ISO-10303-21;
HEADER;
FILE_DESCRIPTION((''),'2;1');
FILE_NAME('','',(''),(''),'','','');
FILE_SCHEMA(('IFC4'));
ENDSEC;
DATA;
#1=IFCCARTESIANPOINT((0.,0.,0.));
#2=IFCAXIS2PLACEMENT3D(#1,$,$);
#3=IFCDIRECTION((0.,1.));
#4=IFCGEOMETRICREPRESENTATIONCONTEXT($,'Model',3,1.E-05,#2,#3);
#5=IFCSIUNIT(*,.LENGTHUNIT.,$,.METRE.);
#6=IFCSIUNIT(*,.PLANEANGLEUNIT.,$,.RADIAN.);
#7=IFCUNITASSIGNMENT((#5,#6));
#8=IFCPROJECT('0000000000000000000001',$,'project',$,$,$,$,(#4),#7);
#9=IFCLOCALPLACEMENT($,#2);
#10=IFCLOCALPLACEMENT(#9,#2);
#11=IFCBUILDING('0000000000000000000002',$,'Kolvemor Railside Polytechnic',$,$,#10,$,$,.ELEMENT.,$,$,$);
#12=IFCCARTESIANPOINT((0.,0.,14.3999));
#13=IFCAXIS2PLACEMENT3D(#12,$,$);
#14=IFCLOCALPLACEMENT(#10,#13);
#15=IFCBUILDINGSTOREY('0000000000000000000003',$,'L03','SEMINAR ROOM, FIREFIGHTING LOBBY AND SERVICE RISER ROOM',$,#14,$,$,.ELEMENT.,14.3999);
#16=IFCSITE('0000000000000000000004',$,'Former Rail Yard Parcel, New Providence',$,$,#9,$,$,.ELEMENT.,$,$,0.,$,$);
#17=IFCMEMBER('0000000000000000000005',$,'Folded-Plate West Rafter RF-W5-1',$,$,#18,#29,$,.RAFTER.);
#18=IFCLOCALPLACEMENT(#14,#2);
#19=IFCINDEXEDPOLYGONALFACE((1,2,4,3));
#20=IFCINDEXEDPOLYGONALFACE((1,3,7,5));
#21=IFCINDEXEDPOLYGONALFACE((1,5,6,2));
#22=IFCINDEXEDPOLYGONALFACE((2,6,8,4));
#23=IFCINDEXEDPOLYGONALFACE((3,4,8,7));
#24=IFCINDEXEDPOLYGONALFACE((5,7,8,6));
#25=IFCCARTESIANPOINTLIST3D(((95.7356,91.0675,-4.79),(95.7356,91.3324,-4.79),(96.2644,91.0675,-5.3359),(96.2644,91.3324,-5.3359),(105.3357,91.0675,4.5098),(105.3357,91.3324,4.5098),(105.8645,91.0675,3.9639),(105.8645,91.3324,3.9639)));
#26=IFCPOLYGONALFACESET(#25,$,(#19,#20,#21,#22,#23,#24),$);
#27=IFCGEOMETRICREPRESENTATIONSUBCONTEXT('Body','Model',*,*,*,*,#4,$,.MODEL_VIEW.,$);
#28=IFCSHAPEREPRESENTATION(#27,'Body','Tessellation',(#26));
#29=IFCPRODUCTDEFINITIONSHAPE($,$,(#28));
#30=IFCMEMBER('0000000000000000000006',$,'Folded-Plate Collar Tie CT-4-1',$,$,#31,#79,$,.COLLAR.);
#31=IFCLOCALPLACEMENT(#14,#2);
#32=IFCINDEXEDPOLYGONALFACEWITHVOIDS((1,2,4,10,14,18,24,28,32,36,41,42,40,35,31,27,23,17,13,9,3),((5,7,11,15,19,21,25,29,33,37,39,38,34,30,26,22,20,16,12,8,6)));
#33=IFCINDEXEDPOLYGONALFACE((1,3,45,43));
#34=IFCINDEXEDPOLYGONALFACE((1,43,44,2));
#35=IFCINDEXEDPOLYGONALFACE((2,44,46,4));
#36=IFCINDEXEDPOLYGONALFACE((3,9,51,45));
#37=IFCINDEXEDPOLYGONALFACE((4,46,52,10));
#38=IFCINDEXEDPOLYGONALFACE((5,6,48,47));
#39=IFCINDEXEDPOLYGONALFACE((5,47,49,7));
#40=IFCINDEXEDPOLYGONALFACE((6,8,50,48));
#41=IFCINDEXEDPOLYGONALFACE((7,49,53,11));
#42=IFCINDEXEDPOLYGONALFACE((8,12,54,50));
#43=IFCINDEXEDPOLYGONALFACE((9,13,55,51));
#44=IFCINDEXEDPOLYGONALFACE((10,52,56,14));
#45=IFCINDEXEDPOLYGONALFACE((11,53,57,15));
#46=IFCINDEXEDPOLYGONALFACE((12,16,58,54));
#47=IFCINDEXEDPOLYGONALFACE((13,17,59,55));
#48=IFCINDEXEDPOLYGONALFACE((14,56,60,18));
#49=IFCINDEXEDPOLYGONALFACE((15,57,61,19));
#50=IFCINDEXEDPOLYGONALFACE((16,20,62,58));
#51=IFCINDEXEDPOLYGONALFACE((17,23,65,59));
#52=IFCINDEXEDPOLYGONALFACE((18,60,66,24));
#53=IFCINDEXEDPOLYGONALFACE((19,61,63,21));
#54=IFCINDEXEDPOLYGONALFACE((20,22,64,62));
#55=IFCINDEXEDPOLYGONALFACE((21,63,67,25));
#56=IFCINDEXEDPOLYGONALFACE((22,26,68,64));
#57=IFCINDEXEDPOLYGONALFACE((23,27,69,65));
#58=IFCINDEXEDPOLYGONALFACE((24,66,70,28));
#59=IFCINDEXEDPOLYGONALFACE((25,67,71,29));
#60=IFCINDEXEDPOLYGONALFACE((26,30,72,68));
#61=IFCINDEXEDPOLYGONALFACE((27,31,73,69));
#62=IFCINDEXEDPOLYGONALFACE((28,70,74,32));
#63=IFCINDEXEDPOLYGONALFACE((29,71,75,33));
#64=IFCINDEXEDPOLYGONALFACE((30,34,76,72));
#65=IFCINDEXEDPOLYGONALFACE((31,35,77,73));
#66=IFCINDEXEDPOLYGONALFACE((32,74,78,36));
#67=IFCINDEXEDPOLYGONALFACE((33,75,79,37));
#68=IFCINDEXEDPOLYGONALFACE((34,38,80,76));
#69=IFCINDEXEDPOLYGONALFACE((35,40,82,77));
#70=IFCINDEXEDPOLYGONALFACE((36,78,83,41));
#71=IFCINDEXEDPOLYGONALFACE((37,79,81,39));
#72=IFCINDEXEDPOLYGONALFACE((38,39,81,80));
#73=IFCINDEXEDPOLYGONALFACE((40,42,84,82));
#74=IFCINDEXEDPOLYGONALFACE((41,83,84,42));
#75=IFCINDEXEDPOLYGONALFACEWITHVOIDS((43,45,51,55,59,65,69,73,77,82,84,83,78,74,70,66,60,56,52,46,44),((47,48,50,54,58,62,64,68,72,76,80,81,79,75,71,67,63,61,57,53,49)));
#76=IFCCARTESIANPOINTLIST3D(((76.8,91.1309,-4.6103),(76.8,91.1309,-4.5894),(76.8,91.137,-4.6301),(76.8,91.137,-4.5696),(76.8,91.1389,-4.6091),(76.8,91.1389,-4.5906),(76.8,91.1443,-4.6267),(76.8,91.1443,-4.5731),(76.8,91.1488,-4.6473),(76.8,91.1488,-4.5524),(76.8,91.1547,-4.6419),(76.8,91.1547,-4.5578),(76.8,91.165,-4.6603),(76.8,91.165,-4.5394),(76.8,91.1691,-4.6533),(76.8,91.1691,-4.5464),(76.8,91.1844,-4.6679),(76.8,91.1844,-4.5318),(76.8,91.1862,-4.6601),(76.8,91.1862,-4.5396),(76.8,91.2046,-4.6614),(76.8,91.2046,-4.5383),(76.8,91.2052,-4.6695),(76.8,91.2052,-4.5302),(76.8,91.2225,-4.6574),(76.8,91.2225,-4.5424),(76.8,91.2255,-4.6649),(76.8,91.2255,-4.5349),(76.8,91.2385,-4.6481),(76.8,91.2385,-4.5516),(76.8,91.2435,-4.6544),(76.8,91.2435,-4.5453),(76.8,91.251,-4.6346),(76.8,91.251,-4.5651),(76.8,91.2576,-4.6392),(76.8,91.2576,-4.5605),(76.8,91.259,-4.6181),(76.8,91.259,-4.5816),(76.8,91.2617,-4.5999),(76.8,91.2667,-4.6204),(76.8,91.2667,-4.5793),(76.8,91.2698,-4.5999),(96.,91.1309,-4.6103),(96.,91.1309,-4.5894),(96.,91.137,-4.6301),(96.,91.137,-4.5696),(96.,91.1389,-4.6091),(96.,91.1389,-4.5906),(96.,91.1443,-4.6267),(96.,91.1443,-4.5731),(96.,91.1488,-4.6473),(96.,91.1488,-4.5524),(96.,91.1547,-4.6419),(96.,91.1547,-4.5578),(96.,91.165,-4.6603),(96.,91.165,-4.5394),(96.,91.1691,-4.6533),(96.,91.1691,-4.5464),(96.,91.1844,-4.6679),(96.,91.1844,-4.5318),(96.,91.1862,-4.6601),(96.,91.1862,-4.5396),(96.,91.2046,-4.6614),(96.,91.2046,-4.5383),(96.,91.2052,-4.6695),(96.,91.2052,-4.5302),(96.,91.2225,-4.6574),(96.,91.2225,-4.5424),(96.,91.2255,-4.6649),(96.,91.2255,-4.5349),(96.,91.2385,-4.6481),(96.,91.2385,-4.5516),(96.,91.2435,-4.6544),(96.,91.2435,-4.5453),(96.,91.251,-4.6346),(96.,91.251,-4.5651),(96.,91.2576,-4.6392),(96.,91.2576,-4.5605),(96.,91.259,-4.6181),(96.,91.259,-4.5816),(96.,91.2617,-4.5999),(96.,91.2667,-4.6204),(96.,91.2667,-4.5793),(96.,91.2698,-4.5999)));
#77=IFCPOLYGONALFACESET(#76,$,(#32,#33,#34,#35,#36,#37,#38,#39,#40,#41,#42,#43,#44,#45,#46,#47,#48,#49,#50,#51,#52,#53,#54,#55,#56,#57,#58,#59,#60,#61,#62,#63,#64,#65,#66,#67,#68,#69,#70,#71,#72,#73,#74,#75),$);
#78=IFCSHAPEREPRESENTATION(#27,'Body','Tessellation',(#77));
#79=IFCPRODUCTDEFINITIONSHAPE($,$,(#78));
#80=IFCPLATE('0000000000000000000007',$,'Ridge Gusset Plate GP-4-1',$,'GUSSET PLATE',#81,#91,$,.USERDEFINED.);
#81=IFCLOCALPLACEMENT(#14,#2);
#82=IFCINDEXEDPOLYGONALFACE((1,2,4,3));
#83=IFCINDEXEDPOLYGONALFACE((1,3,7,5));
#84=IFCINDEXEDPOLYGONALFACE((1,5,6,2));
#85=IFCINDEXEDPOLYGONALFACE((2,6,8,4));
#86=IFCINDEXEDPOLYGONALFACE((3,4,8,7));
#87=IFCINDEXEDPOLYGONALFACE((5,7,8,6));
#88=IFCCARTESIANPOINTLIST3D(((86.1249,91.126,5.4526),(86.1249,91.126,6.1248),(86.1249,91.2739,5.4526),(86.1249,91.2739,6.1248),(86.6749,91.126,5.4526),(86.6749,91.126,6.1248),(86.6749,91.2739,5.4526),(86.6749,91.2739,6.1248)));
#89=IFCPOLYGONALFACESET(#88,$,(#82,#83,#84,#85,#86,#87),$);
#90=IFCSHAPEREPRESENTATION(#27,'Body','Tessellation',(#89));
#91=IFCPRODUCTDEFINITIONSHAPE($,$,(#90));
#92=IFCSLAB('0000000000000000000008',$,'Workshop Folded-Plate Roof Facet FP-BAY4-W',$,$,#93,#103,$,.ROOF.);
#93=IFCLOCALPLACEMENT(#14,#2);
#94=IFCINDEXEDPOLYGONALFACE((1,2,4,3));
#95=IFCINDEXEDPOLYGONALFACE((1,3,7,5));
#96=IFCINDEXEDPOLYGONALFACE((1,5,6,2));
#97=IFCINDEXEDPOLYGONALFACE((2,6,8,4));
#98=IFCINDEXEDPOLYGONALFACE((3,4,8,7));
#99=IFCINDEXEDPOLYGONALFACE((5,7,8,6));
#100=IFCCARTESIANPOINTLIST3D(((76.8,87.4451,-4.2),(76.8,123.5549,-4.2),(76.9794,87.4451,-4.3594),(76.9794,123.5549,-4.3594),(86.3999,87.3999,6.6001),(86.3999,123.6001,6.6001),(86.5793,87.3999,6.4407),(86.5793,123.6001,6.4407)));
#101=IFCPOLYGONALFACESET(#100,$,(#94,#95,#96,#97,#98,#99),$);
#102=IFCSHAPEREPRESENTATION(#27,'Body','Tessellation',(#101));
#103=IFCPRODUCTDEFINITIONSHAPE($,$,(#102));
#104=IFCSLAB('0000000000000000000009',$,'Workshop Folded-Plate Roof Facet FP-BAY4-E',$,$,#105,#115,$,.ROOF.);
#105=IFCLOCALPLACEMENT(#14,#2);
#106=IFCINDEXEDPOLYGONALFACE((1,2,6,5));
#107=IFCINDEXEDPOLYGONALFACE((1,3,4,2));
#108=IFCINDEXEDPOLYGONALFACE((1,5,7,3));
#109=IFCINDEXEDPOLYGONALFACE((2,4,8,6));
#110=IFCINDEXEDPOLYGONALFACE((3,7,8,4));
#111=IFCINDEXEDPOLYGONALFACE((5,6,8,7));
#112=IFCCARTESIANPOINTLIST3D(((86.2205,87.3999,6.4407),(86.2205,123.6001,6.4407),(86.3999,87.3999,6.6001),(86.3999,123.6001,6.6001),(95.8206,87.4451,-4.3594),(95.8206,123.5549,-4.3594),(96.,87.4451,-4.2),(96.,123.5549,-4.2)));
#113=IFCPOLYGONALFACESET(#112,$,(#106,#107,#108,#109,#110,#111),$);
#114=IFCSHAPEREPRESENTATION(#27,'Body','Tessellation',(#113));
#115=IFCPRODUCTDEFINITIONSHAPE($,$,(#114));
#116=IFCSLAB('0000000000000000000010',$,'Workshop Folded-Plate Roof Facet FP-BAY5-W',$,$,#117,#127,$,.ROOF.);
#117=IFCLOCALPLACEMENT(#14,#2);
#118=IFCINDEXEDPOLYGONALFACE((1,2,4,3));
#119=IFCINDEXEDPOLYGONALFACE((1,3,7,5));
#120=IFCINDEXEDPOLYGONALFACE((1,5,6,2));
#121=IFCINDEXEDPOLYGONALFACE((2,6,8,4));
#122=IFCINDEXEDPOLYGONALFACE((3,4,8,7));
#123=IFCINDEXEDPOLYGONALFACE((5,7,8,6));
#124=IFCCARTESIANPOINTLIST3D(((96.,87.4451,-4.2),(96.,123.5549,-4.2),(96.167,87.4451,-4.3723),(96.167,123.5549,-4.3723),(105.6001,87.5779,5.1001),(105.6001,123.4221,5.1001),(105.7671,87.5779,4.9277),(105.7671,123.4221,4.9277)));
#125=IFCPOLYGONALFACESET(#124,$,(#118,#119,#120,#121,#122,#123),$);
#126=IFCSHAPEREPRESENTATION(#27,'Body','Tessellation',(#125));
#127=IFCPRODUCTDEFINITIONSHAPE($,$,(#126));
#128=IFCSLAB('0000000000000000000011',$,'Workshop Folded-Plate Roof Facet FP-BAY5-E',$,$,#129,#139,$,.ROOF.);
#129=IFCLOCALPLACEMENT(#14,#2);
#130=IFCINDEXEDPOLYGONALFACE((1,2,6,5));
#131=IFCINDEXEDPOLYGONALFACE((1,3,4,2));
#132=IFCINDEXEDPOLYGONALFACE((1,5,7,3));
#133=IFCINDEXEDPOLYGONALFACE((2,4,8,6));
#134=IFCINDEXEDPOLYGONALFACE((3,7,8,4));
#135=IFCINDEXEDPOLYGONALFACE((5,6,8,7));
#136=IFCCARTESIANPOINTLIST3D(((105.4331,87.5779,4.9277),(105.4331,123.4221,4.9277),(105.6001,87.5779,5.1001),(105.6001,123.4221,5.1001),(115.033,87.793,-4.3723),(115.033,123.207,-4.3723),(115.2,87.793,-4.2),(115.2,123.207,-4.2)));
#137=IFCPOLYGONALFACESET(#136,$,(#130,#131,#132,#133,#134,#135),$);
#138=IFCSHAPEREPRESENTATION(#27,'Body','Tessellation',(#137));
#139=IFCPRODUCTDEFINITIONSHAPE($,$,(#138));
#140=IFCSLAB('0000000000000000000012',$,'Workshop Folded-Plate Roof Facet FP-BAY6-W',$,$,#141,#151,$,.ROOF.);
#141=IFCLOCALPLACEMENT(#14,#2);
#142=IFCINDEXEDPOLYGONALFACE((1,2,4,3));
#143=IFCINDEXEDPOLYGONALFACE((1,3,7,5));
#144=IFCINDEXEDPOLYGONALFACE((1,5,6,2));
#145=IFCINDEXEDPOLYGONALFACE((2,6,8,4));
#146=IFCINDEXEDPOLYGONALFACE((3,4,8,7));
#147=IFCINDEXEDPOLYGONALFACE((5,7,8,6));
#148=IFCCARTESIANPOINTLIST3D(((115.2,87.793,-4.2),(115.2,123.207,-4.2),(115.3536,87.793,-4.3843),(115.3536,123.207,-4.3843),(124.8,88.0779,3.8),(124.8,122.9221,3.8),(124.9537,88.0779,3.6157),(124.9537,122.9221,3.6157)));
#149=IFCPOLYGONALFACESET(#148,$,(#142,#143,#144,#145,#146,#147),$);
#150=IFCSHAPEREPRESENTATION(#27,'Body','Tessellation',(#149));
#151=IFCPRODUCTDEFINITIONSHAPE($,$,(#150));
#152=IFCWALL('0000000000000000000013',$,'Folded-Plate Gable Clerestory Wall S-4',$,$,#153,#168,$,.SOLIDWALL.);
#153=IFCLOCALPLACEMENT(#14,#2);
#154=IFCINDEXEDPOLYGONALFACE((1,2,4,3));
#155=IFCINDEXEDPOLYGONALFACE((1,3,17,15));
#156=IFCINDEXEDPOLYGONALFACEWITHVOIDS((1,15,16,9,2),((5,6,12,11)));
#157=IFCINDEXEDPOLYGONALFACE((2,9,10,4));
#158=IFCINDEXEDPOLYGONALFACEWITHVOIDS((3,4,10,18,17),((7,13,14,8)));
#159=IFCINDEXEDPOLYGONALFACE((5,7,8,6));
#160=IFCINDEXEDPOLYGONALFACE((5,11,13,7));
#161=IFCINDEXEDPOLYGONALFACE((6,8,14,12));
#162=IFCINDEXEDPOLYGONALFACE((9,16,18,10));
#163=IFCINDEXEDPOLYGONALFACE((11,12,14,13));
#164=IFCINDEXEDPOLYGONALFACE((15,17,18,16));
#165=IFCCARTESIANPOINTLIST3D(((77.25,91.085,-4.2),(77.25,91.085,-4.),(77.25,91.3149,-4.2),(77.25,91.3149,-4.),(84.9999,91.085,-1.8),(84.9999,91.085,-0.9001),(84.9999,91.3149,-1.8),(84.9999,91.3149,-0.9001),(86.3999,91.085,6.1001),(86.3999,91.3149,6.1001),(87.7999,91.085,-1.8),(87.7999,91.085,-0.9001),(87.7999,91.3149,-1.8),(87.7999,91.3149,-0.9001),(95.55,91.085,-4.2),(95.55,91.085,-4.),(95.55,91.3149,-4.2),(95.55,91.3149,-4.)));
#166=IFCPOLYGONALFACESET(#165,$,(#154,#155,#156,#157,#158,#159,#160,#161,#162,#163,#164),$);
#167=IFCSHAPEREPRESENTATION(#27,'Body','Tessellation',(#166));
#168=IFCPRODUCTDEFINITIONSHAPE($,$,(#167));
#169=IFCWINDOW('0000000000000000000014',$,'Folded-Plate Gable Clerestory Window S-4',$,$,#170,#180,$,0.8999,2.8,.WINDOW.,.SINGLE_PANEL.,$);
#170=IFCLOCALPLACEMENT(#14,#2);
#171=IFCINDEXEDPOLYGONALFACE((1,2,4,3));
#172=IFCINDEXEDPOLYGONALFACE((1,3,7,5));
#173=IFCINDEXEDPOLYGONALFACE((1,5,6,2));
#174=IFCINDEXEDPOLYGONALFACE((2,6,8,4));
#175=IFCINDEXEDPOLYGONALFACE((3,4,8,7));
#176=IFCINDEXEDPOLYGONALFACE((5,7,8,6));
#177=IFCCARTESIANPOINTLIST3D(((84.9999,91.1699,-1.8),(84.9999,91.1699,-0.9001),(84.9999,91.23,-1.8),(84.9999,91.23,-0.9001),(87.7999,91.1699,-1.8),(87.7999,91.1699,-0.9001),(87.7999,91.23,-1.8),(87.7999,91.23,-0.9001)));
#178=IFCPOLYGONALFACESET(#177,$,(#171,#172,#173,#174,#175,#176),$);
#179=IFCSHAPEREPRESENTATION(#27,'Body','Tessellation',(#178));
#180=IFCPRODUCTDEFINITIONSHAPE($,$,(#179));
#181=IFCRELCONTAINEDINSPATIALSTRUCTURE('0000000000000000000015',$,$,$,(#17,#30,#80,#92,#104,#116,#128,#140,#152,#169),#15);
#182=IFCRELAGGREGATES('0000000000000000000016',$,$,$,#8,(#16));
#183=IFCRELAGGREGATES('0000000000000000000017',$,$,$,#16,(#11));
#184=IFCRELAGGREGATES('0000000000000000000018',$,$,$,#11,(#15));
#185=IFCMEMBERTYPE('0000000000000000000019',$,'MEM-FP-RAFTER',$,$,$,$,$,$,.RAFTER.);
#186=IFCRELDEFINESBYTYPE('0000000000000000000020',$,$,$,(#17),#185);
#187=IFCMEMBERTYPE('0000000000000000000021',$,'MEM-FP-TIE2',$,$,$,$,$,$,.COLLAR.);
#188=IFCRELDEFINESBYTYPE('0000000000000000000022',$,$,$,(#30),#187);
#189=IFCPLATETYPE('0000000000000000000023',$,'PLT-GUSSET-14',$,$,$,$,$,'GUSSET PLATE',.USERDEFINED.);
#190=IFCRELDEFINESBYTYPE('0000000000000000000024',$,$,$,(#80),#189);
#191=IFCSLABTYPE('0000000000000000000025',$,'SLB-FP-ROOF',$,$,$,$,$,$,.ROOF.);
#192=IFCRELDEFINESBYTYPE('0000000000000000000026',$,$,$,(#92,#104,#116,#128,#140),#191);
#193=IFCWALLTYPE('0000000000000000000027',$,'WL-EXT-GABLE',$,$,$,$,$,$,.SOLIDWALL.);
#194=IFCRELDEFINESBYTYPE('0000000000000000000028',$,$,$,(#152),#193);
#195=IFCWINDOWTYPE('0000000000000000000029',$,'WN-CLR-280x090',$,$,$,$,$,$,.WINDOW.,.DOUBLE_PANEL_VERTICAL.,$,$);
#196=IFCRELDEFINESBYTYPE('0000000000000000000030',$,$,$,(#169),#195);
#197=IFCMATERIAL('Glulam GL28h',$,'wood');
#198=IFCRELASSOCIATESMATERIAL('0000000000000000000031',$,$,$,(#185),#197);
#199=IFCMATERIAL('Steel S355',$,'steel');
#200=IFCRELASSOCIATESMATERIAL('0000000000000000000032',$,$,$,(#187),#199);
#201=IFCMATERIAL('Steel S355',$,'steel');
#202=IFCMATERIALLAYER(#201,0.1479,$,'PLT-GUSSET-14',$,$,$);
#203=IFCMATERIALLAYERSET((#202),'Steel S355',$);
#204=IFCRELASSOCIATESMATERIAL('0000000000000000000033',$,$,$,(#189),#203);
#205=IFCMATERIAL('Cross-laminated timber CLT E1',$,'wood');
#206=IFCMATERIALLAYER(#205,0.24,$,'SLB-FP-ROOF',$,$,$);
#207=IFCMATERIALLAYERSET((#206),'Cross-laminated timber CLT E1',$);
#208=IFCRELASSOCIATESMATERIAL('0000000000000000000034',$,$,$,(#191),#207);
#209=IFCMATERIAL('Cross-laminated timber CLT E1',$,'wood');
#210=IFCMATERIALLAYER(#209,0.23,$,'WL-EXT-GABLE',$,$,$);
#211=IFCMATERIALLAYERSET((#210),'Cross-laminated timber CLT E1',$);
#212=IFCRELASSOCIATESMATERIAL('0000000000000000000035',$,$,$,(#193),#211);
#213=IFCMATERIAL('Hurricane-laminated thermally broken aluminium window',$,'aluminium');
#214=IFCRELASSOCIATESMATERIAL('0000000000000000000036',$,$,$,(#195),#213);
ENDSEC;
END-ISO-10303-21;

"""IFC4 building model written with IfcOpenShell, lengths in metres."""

from ifc_helpers import new_model, si_unit, direction, frame, frame_2d, origin, origin_2d, place, context, subcontext, project, spatial, polyline, rectangle, hollow_circle, outline, extrude, material, layer, layer_set, material_profile, profile_set, type_object, element, fill, save


model = new_model("IFC4")

# Units and contexts
model_context = context("Model", 3, precision=1e-05, world=origin(), true_north=direction((0.0, 1.0)))
body_context = subcontext(model_context, "Body", "Model", "MODEL_VIEW")
ifc_project = project(units=[si_unit("LENGTHUNIT", "METRE"), si_unit("PLANEANGLEUNIT", "RADIAN")], contexts=[model_context])

# Site, building, storey
site_placement = place(None, origin())
site = spatial("IfcSite", under=ifc_project, at=site_placement, Name="Former Rail Yard Parcel, New Providence", CompositionType="ELEMENT", RefElevation=0.0)
building_placement = place(site_placement, origin())
building = spatial("IfcBuilding", under=site, at=building_placement, Name="Kolvemor Railside Polytechnic", CompositionType="ELEMENT")
storey_placement = place(building_placement, frame((0.0, 0.0, 14.3999)))
storey = spatial("IfcBuildingStorey", under=building, at=storey_placement, Name="L03", Description="SEMINAR ROOM, FIREFIGHTING LOBBY AND SERVICE RISER ROOM", CompositionType="ELEMENT", Elevation=14.3999)

# Members
ifc_material_1 = material(Name="Glulam GL28h", Category="wood")
ifc_material_profile_1 = material_profile(ifc_material_1, rectangle(XDim=0.2649, YDim=0.76, at=origin_2d()), Name="GL265x760")
ifc_profile_set_1 = profile_set([ifc_material_profile_1], Name="Glulam GL28h")
member_type_1 = type_object("IfcMemberType", Name="MEM-FP-RAFTER", PredefinedType="RAFTER", material=ifc_profile_set_1)
member_1_placement = place(storey_placement, frame((96.0, 91.2, -5.063), z_axis=(0.718251, 0.0, 0.695784), x_axis=(0.0, 1.0, 0.0)))
element("IfcMember", 1, at=member_1_placement, inside=storey, type_object=member_type_1, Name="Folded-Plate West Rafter RF-W5-1", PredefinedType="RAFTER", context=body_context, shape_type="SweptSolid", body=[
    extrude(rectangle(XDim=0.2649, YDim=0.76, at=origin_2d()), origin(), (0.0, 0.0, 1.0), 13.366),
])
ifc_material_2 = material(Name="Steel S355", Category="steel")
ifc_material_profile_2 = material_profile(ifc_material_2, hollow_circle(Radius=0.0698, WallThickness=0.0081, at=origin_2d()), Name="CHS139.7x8")
ifc_profile_set_2 = profile_set([ifc_material_profile_2], Name="Steel S355")
member_type_2 = type_object("IfcMemberType", Name="MEM-FP-TIE2", PredefinedType="COLLAR", material=ifc_profile_set_2)
member_2_placement = place(storey_placement, frame((76.8, 91.2, -4.5999), z_axis=(1.0, 0.0, 0.0), x_axis=(0.0, 1.0, 0.0)))
element("IfcMember", 2, at=member_2_placement, inside=storey, type_object=member_type_2, Name="Folded-Plate Collar Tie CT-4-1", PredefinedType="COLLAR", context=body_context, shape_type="SweptSolid", body=[
    extrude(hollow_circle(Radius=0.0698, WallThickness=0.0081, at=origin_2d()), origin(), (0.0, 0.0, 1.0), 19.2),
])

# Plate
ifc_material_3 = material(Name="Steel S355", Category="steel")
ifc_layer_1 = layer(ifc_material_3, 0.1479, Name="PLT-GUSSET-14")
ifc_layer_set_1 = layer_set([ifc_layer_1], Name="Steel S355")
plate_type = type_object("IfcPlateType", Name="PLT-GUSSET-14", ElementType="GUSSET PLATE", PredefinedType="USERDEFINED", material=ifc_layer_set_1)
plate_placement = place(storey_placement, frame((86.3999, 91.2, 5.4526), z_axis=(0.0, 0.0, 1.0), x_axis=(1.0, 0.0, 0.0)))
element("IfcPlate", 3, at=plate_placement, inside=storey, type_object=plate_type, Name="Ridge Gusset Plate GP-4-1", ObjectType="GUSSET PLATE", PredefinedType="USERDEFINED", context=body_context, shape_type="SweptSolid", body=[
    extrude(rectangle(XDim=0.55, YDim=0.1479, at=origin_2d()), origin(), (0.0, 0.0, 1.0), 0.6721),
])

# Slabs
ifc_material_4 = material(Name="Cross-laminated timber CLT E1", Category="wood")
ifc_layer_2 = layer(ifc_material_4, 0.24, Name="SLB-FP-ROOF")
ifc_layer_set_2 = layer_set([ifc_layer_2], Name="Cross-laminated timber CLT E1")
slab_type = type_object("IfcSlabType", Name="SLB-FP-ROOF", PredefinedType="ROOF", material=ifc_layer_set_2)
slab_1_placement = place(storey_placement, frame((76.8, 87.4451, -4.2), z_axis=(-0.747416, 0.0, 0.664356), x_axis=(0.664353, -0.003126, 0.747412)))
element("IfcSlab", 4, at=slab_1_placement, inside=storey, type_object=slab_type, Name="Workshop Folded-Plate Roof Facet FP-BAY4-W", PredefinedType="ROOF", context=body_context, shape_type="SweptSolid", body=[
    extrude(outline(polyline([(0.0, 0.0), (14.4499, 0.0), (14.3368, 36.2), (-0.1129, 36.1097), (0.0, 0.0)])), origin(), (0.0, 0.0, -1.0), 0.24),
])
slab_2_placement = place(storey_placement, frame((86.3999, 87.3999, 6.6001), z_axis=(0.747407, 0.0, 0.664366), x_axis=(0.664363, 0.003126, -0.747404)))
element("IfcSlab", 5, at=slab_2_placement, inside=storey, type_object=slab_type, Name="Workshop Folded-Plate Roof Facet FP-BAY4-E", PredefinedType="ROOF", context=body_context, shape_type="SweptSolid", body=[
    extrude(outline(polyline([(0.0, 0.0), (14.4501, 0.0), (14.563, 36.1097), (0.1131, 36.2), (0.0, 0.0)])), origin(), (0.0, 0.0, -1.0), 0.24),
])
slab_3_placement = place(storey_placement, frame((96.0, 87.4451, -4.2), z_axis=(-0.695793, 0.0, 0.718242), x_axis=(0.718206, 0.009936, 0.695759)))
element("IfcSlab", 6, at=slab_3_placement, inside=storey, type_object=slab_type, Name="Workshop Folded-Plate Roof Facet FP-BAY5-W", PredefinedType="ROOF", context=body_context, shape_type="SweptSolid", body=[
    extrude(outline(polyline([(0.0, 0.0), (13.3668, 0.0), (13.7229, 35.8425), (0.3588, 36.1081), (0.0, 0.0)])), origin(), (0.0, 0.0, -1.0), 0.24),
])
slab_4_placement = place(storey_placement, frame((105.6001, 87.5779, 5.1001), z_axis=(0.695803, 0.0, 0.718233), x_axis=(0.71814, 0.01609, -0.695713)))
element("IfcSlab", 7, at=slab_4_placement, inside=storey, type_object=slab_type, Name="Workshop Folded-Plate Roof Facet FP-BAY5-E", PredefinedType="ROOF", context=body_context, shape_type="SweptSolid", body=[
    extrude(outline(polyline([(0.0, 0.0), (13.3677, 0.0), (13.9375, 35.4095), (0.5767, 35.8396), (0.0, 0.0)])), origin(), (0.0, 0.0, -1.0), 0.24),
])
slab_5_placement = place(storey_placement, frame((115.2, 87.793, -4.2), z_axis=(-0.640181, 0.0, 0.768224), x_axis=(0.768025, 0.022793, 0.640014)))
element("IfcSlab", 8, at=slab_5_placement, inside=storey, type_object=slab_type, Name="Workshop Folded-Plate Roof Facet FP-BAY6-W", PredefinedType="ROOF", context=body_context, shape_type="SweptSolid", body=[
    extrude(outline(polyline([(0.0, 0.0), (12.4997, 0.0), (13.2939, 34.8352), (0.8072, 35.4049), (0.0, 0.0)])), origin(), (0.0, 0.0, -1.0), 0.24),
])

# Wall, opening, window
ifc_material_5 = material(Name="Cross-laminated timber CLT E1", Category="wood")
ifc_layer_3 = layer(ifc_material_5, 0.23, Name="WL-EXT-GABLE")
ifc_layer_set_3 = layer_set([ifc_layer_3], Name="Cross-laminated timber CLT E1")
wall_type = type_object("IfcWallType", Name="WL-EXT-GABLE", PredefinedType="SOLIDWALL", material=ifc_layer_set_3)
wall_placement = place(storey_placement, frame((77.25, 91.2, -4.2), z_axis=(0.0, 0.0, 1.0), x_axis=(1.0, 0.0, 0.0)))
wall = element("IfcWall", 9, at=wall_placement, inside=storey, type_object=wall_type, Name="Folded-Plate Gable Clerestory Wall S-4", PredefinedType="SOLIDWALL", context=body_context, shape_type="SweptSolid", body=[
    extrude(outline(polyline([(0.0, 0.0), (18.3, 0.0), (18.3, 0.2), (9.1499, 10.3), (0.0, 0.2), (0.0, 0.0)])), frame((0.0, 0.115, 0.0), z_axis=(0.0, -1.0, 0.0), x_axis=(1.0, 0.0, 0.0)), (0.0, 0.0, 1.0), 0.23),
])
opening_placement = place(wall_placement, frame((7.75, 0.0, 2.3999)))
opening = element("IfcOpeningElement", 10, at=opening_placement, cuts=wall, PredefinedType="OPENING", context=body_context, shape_type="SweptSolid", body=[
    extrude(rectangle(XDim=2.8, YDim=0.8999, at=frame_2d((1.3999, 0.45))), frame((0.0, 0.125, 0.0), z_axis=(0.0, -1.0, 0.0), x_axis=(1.0, 0.0, 0.0)), (0.0, 0.0, 1.0), 0.25),
])
ifc_material_6 = material(Name="Hurricane-laminated thermally broken aluminium window", Category="aluminium")
window_type = type_object("IfcWindowType", Name="WN-CLR-280x090", PartitioningType="DOUBLE_PANEL_VERTICAL", PredefinedType="WINDOW", material=ifc_material_6)
window_placement = place(opening_placement, origin())
window = element("IfcWindow", 11, at=window_placement, inside=storey, type_object=window_type, Name="Folded-Plate Gable Clerestory Window S-4", OverallHeight=0.8999, OverallWidth=2.8, PartitioningType="SINGLE_PANEL", PredefinedType="WINDOW", context=body_context, shape_type="SweptSolid", body=[
    extrude(rectangle(XDim=2.8, YDim=0.8999, at=frame_2d((1.3999, 0.45))), frame((0.0, 0.03, 0.0), z_axis=(0.0, -1.0, 0.0), x_axis=(1.0, 0.0, 0.0)), (0.0, 0.0, 1.0), 0.0601),
])
fill(opening, window)

save(model, "model.ifc")
